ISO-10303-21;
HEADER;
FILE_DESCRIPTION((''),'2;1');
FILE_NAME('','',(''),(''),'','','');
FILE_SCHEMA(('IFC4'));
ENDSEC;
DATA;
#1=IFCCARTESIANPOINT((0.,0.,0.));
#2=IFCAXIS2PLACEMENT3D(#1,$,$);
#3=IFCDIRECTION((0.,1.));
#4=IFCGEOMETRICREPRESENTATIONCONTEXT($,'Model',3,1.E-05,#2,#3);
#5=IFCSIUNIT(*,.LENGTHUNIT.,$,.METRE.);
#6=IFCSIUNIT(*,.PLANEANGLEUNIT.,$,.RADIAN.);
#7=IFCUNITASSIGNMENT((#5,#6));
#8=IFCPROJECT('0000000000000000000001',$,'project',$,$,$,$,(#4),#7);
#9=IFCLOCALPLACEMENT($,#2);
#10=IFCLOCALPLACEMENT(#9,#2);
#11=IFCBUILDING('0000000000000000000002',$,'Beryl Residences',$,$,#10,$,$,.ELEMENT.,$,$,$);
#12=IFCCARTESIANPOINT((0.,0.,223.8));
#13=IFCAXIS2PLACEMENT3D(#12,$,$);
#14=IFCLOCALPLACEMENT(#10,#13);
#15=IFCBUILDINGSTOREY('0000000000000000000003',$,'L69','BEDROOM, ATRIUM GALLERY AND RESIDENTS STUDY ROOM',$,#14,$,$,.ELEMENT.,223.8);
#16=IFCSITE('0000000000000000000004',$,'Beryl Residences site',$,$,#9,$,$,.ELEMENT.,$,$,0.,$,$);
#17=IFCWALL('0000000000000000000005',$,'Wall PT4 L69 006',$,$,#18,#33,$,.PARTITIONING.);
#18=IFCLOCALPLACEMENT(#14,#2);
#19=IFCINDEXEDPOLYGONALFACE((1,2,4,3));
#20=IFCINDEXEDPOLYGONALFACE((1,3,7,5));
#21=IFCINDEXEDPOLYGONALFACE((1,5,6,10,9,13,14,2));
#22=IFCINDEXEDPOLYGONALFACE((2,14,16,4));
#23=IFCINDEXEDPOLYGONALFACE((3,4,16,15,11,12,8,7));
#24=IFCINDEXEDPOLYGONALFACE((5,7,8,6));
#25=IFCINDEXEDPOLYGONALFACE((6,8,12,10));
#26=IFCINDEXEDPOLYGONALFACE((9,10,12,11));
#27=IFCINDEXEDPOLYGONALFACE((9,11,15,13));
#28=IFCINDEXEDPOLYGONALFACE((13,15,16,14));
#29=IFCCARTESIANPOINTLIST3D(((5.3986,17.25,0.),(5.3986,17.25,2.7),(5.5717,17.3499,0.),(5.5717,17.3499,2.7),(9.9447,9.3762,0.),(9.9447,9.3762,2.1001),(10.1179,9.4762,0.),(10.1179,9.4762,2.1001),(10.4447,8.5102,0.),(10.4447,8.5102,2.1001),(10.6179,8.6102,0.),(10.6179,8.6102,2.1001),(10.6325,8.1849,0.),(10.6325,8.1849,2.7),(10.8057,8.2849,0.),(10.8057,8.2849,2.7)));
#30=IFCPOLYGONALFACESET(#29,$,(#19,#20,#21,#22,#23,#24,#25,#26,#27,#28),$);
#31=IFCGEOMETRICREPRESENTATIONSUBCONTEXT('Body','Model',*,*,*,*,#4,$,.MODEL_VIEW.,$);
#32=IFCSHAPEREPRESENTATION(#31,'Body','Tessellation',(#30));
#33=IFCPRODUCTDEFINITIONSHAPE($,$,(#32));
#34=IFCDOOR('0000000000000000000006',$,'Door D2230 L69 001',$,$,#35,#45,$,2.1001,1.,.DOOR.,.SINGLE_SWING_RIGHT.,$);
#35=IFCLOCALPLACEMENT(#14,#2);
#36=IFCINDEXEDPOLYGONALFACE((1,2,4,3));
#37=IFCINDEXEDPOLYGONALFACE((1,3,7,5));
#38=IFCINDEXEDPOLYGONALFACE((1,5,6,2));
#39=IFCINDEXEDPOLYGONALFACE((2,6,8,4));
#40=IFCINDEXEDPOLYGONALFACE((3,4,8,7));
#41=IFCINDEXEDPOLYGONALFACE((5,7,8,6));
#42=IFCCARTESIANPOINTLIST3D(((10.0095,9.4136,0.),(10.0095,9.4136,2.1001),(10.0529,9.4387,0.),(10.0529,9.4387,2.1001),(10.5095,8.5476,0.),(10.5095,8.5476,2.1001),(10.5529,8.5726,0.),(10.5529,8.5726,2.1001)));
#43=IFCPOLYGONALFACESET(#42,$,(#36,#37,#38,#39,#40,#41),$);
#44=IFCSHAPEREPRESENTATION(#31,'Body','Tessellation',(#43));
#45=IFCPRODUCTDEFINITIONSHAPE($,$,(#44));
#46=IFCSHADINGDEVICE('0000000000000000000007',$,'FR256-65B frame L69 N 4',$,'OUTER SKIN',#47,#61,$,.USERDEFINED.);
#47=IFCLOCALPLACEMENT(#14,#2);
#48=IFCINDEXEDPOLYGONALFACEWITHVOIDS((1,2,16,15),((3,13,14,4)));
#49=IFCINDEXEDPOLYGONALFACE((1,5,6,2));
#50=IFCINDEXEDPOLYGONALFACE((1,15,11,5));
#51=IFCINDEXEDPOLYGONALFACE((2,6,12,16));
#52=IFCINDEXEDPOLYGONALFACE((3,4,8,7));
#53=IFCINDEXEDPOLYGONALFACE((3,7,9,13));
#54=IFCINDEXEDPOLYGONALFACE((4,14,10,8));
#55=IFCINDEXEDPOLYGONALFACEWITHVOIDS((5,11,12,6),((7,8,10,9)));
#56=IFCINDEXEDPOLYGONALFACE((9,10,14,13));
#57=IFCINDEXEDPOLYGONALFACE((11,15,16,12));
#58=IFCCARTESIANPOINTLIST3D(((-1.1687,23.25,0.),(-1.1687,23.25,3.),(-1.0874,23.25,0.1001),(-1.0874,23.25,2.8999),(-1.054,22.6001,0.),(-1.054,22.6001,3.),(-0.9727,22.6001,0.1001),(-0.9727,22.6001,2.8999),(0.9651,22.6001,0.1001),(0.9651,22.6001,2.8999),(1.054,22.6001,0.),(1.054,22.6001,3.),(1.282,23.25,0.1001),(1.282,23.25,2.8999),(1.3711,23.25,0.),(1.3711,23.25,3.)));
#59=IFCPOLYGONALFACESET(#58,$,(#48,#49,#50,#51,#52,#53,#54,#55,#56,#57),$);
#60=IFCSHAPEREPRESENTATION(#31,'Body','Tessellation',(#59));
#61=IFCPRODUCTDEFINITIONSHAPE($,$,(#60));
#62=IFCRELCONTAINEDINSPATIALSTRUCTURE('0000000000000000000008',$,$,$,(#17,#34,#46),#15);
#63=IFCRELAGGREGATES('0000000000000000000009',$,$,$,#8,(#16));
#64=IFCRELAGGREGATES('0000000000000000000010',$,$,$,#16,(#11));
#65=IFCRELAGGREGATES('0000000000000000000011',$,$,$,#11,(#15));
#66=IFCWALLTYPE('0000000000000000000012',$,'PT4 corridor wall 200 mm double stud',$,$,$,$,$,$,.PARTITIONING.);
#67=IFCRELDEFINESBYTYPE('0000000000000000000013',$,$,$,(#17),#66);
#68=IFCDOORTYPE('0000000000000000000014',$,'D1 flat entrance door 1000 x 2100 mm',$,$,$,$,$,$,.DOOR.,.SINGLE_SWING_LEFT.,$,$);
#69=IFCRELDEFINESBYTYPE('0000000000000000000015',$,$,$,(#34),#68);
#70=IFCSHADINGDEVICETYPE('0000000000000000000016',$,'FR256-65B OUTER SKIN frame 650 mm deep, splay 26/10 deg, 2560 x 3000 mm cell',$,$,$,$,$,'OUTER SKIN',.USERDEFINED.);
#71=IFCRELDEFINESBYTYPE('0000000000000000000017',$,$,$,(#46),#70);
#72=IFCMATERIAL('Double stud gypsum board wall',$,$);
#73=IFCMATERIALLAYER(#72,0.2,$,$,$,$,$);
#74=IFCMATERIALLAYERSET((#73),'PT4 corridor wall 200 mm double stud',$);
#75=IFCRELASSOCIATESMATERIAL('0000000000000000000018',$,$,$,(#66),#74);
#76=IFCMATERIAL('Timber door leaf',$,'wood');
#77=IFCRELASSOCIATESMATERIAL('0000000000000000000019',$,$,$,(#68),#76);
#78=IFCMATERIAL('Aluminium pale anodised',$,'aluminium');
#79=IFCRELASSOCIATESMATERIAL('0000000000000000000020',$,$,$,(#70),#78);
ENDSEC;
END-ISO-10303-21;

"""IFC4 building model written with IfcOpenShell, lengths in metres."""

from ifc_helpers import new_model, entity, si_unit, direction, frame, frame_2d, origin, place, context, subcontext, project, spatial, rectangle, extrude, source, transform, mapped, material, layer, layer_set, type_object, type_shapes, element, fill, save


model = new_model("IFC4")

# Units and contexts
model_context = context("Model", 3, precision=1e-05, world=origin(), true_north=direction((0.0, 1.0)))
body_context = subcontext(model_context, "Body", "Model", "MODEL_VIEW")
ifc_project = project(units=[si_unit("LENGTHUNIT", "METRE"), si_unit("PLANEANGLEUNIT", "RADIAN")], contexts=[model_context])

# Site, building, storey
site_placement = place(None, origin())
site = spatial("IfcSite", under=ifc_project, at=site_placement, Name="Beryl Residences site", CompositionType="ELEMENT", RefElevation=0.0)
building_placement = place(site_placement, origin())
building = spatial("IfcBuilding", under=site, at=building_placement, Name="Beryl Residences", CompositionType="ELEMENT")
storey_placement = place(building_placement, frame((0.0, 0.0, 223.8)))
storey = spatial("IfcBuildingStorey", under=building, at=storey_placement, Name="L69", Description="BEDROOM, ATRIUM GALLERY AND RESIDENTS STUDY ROOM", CompositionType="ELEMENT", Elevation=223.8)

# Wall, opening, door
ifc_material_1 = material(Name="Double stud gypsum board wall")
ifc_layer_1 = layer(ifc_material_1, 0.2)
ifc_layer_set_1 = layer_set([ifc_layer_1], Name="PT4 corridor wall 200 mm double stud")
wall_type_1 = type_object("IfcWallType", Name="PT4 corridor wall 200 mm double stud", PredefinedType="PARTITIONING", material=ifc_layer_set_1)
wall_1_placement = place(storey_placement, frame((5.4851, 17.3, 0.0), z_axis=(0.0, 0.0, 1.0), x_axis=(0.500017, -0.866015, 0.0)))
wall_1 = element("IfcWall", 1, at=wall_1_placement, inside=storey, type_object=wall_type_1, Name="Wall PT4 L69 006", PredefinedType="PARTITIONING", context=body_context, shape_type="SweptSolid", body=[
    extrude(rectangle(XDim=10.4675, YDim=0.2, at=frame_2d((5.2339, 0.0))), origin(), (0.0, 0.0, 1.0), 2.7),
])
opening_1_placement = place(wall_1_placement, frame((9.092, 0.0, 0.0)))
opening_1 = element("IfcOpeningElement", 2, at=opening_1_placement, cuts=wall_1, PredefinedType="OPENING", context=body_context, shape_type="SweptSolid", body=[
    extrude(rectangle(XDim=1.0, YDim=2.1001, at=frame_2d((0.5, 1.05))), frame((0.0, 0.1099, 0.0), z_axis=(0.0, -1.0, 0.0), x_axis=(1.0, 0.0, 0.0)), (0.0, 0.0, 1.0), 0.22),
])
ifc_material_2 = material(Name="Timber door leaf", Category="wood")
door_type_1 = type_object("IfcDoorType", Name="D1 flat entrance door 1000 x 2100 mm", OperationType="SINGLE_SWING_LEFT", PredefinedType="DOOR", material=ifc_material_2)
door_1_placement = place(opening_1_placement, origin())
door_1 = element("IfcDoor", 3, at=door_1_placement, inside=storey, type_object=door_type_1, Name="Door D2230 L69 001", OperationType="SINGLE_SWING_RIGHT", OverallHeight=2.1001, OverallWidth=1.0, PredefinedType="DOOR", context=body_context, shape_type="SweptSolid", body=[
    extrude(rectangle(XDim=1.0, YDim=2.1001, at=frame_2d((0.5, 1.05))), frame((0.0, 0.0249, 0.0), z_axis=(0.0, -1.0, 0.0), x_axis=(1.0, 0.0, 0.0)), (0.0, 0.0, 1.0), 0.05),
])
fill(opening_1, door_1)

# Shading device
ifc_material_3 = material(Name="Aluminium pale anodised", Category="aluminium")
shading_device_type_1 = type_object("IfcShadingDeviceType", Name="FR256-65B OUTER SKIN frame 650 mm deep, splay 26/10 deg, 2560 x 3000 mm cell", ElementType="OUTER SKIN", PredefinedType="USERDEFINED", material=ifc_material_3)
cartesian_point_1 = entity("IfcCartesianPoint", [-1.054, 0.0])
cartesian_point_2 = entity("IfcCartesianPoint", [-0.9651, 0.1001])
cartesian_point_3 = entity("IfcCartesianPoint", [-1.3711, 0.0])
cartesian_point_4 = entity("IfcCartesianPoint", [-1.282, 0.1001])
shared_shape_1 = source(origin(), body_context, "Body", "SweptSolid", [
    entity("IfcExtrudedAreaSolidTapered", entity("IfcArbitraryProfileDefWithVoids", "AREA", None, entity("IfcPolyline", [cartesian_point_1, entity("IfcCartesianPoint", [1.054, 0.0]), entity("IfcCartesianPoint", [1.054, 3.0]), entity("IfcCartesianPoint", [-1.054, 3.0]), cartesian_point_1]), [entity("IfcPolyline", [cartesian_point_2, entity("IfcCartesianPoint", [0.9727, 0.1001]), entity("IfcCartesianPoint", [0.9727, 2.8999]), entity("IfcCartesianPoint", [-0.9651, 2.8999]), cartesian_point_2])]), entity("IfcAxis2Placement3D", entity("IfcCartesianPoint", [0.0, 0.0, 0.0]), entity("IfcDirection", [0.0, 1.0, 0.0]), entity("IfcDirection", [-1.0, 0.0, 0.0])), entity("IfcDirection", [0.0, 0.0, 1.0]), 0.6499, entity("IfcArbitraryProfileDefWithVoids", "AREA", None, entity("IfcPolyline", [cartesian_point_3, entity("IfcCartesianPoint", [1.1687, 0.0]), entity("IfcCartesianPoint", [1.1687, 3.0]), entity("IfcCartesianPoint", [-1.3711, 3.0]), cartesian_point_3]), [entity("IfcPolyline", [cartesian_point_4, entity("IfcCartesianPoint", [1.0874, 0.1001]), entity("IfcCartesianPoint", [1.0874, 2.8999]), entity("IfcCartesianPoint", [-1.282, 2.8999]), cartesian_point_4])])),
])
type_shapes(shading_device_type_1, [shared_shape_1])
for number, where, z_axis, x_axis, name in (
    (4, (0.0, 22.6001, 0.0), (0.0, 0.0, 1.0), (1.0, 0.0, 0.0), "FR256-65B frame L69 N 4"),
):
    element("IfcShadingDevice", number, at=place(storey_placement, frame(where, z_axis=z_axis, x_axis=x_axis)), inside=storey, type_object=shading_device_type_1, Name=name, ObjectType="OUTER SKIN", PredefinedType="USERDEFINED", context=body_context, shape_type="MappedRepresentation", body=[
        mapped(shared_shape_1, transform((0.0, 0.0, 0.0))),
    ])

save(model, "model.ifc")
